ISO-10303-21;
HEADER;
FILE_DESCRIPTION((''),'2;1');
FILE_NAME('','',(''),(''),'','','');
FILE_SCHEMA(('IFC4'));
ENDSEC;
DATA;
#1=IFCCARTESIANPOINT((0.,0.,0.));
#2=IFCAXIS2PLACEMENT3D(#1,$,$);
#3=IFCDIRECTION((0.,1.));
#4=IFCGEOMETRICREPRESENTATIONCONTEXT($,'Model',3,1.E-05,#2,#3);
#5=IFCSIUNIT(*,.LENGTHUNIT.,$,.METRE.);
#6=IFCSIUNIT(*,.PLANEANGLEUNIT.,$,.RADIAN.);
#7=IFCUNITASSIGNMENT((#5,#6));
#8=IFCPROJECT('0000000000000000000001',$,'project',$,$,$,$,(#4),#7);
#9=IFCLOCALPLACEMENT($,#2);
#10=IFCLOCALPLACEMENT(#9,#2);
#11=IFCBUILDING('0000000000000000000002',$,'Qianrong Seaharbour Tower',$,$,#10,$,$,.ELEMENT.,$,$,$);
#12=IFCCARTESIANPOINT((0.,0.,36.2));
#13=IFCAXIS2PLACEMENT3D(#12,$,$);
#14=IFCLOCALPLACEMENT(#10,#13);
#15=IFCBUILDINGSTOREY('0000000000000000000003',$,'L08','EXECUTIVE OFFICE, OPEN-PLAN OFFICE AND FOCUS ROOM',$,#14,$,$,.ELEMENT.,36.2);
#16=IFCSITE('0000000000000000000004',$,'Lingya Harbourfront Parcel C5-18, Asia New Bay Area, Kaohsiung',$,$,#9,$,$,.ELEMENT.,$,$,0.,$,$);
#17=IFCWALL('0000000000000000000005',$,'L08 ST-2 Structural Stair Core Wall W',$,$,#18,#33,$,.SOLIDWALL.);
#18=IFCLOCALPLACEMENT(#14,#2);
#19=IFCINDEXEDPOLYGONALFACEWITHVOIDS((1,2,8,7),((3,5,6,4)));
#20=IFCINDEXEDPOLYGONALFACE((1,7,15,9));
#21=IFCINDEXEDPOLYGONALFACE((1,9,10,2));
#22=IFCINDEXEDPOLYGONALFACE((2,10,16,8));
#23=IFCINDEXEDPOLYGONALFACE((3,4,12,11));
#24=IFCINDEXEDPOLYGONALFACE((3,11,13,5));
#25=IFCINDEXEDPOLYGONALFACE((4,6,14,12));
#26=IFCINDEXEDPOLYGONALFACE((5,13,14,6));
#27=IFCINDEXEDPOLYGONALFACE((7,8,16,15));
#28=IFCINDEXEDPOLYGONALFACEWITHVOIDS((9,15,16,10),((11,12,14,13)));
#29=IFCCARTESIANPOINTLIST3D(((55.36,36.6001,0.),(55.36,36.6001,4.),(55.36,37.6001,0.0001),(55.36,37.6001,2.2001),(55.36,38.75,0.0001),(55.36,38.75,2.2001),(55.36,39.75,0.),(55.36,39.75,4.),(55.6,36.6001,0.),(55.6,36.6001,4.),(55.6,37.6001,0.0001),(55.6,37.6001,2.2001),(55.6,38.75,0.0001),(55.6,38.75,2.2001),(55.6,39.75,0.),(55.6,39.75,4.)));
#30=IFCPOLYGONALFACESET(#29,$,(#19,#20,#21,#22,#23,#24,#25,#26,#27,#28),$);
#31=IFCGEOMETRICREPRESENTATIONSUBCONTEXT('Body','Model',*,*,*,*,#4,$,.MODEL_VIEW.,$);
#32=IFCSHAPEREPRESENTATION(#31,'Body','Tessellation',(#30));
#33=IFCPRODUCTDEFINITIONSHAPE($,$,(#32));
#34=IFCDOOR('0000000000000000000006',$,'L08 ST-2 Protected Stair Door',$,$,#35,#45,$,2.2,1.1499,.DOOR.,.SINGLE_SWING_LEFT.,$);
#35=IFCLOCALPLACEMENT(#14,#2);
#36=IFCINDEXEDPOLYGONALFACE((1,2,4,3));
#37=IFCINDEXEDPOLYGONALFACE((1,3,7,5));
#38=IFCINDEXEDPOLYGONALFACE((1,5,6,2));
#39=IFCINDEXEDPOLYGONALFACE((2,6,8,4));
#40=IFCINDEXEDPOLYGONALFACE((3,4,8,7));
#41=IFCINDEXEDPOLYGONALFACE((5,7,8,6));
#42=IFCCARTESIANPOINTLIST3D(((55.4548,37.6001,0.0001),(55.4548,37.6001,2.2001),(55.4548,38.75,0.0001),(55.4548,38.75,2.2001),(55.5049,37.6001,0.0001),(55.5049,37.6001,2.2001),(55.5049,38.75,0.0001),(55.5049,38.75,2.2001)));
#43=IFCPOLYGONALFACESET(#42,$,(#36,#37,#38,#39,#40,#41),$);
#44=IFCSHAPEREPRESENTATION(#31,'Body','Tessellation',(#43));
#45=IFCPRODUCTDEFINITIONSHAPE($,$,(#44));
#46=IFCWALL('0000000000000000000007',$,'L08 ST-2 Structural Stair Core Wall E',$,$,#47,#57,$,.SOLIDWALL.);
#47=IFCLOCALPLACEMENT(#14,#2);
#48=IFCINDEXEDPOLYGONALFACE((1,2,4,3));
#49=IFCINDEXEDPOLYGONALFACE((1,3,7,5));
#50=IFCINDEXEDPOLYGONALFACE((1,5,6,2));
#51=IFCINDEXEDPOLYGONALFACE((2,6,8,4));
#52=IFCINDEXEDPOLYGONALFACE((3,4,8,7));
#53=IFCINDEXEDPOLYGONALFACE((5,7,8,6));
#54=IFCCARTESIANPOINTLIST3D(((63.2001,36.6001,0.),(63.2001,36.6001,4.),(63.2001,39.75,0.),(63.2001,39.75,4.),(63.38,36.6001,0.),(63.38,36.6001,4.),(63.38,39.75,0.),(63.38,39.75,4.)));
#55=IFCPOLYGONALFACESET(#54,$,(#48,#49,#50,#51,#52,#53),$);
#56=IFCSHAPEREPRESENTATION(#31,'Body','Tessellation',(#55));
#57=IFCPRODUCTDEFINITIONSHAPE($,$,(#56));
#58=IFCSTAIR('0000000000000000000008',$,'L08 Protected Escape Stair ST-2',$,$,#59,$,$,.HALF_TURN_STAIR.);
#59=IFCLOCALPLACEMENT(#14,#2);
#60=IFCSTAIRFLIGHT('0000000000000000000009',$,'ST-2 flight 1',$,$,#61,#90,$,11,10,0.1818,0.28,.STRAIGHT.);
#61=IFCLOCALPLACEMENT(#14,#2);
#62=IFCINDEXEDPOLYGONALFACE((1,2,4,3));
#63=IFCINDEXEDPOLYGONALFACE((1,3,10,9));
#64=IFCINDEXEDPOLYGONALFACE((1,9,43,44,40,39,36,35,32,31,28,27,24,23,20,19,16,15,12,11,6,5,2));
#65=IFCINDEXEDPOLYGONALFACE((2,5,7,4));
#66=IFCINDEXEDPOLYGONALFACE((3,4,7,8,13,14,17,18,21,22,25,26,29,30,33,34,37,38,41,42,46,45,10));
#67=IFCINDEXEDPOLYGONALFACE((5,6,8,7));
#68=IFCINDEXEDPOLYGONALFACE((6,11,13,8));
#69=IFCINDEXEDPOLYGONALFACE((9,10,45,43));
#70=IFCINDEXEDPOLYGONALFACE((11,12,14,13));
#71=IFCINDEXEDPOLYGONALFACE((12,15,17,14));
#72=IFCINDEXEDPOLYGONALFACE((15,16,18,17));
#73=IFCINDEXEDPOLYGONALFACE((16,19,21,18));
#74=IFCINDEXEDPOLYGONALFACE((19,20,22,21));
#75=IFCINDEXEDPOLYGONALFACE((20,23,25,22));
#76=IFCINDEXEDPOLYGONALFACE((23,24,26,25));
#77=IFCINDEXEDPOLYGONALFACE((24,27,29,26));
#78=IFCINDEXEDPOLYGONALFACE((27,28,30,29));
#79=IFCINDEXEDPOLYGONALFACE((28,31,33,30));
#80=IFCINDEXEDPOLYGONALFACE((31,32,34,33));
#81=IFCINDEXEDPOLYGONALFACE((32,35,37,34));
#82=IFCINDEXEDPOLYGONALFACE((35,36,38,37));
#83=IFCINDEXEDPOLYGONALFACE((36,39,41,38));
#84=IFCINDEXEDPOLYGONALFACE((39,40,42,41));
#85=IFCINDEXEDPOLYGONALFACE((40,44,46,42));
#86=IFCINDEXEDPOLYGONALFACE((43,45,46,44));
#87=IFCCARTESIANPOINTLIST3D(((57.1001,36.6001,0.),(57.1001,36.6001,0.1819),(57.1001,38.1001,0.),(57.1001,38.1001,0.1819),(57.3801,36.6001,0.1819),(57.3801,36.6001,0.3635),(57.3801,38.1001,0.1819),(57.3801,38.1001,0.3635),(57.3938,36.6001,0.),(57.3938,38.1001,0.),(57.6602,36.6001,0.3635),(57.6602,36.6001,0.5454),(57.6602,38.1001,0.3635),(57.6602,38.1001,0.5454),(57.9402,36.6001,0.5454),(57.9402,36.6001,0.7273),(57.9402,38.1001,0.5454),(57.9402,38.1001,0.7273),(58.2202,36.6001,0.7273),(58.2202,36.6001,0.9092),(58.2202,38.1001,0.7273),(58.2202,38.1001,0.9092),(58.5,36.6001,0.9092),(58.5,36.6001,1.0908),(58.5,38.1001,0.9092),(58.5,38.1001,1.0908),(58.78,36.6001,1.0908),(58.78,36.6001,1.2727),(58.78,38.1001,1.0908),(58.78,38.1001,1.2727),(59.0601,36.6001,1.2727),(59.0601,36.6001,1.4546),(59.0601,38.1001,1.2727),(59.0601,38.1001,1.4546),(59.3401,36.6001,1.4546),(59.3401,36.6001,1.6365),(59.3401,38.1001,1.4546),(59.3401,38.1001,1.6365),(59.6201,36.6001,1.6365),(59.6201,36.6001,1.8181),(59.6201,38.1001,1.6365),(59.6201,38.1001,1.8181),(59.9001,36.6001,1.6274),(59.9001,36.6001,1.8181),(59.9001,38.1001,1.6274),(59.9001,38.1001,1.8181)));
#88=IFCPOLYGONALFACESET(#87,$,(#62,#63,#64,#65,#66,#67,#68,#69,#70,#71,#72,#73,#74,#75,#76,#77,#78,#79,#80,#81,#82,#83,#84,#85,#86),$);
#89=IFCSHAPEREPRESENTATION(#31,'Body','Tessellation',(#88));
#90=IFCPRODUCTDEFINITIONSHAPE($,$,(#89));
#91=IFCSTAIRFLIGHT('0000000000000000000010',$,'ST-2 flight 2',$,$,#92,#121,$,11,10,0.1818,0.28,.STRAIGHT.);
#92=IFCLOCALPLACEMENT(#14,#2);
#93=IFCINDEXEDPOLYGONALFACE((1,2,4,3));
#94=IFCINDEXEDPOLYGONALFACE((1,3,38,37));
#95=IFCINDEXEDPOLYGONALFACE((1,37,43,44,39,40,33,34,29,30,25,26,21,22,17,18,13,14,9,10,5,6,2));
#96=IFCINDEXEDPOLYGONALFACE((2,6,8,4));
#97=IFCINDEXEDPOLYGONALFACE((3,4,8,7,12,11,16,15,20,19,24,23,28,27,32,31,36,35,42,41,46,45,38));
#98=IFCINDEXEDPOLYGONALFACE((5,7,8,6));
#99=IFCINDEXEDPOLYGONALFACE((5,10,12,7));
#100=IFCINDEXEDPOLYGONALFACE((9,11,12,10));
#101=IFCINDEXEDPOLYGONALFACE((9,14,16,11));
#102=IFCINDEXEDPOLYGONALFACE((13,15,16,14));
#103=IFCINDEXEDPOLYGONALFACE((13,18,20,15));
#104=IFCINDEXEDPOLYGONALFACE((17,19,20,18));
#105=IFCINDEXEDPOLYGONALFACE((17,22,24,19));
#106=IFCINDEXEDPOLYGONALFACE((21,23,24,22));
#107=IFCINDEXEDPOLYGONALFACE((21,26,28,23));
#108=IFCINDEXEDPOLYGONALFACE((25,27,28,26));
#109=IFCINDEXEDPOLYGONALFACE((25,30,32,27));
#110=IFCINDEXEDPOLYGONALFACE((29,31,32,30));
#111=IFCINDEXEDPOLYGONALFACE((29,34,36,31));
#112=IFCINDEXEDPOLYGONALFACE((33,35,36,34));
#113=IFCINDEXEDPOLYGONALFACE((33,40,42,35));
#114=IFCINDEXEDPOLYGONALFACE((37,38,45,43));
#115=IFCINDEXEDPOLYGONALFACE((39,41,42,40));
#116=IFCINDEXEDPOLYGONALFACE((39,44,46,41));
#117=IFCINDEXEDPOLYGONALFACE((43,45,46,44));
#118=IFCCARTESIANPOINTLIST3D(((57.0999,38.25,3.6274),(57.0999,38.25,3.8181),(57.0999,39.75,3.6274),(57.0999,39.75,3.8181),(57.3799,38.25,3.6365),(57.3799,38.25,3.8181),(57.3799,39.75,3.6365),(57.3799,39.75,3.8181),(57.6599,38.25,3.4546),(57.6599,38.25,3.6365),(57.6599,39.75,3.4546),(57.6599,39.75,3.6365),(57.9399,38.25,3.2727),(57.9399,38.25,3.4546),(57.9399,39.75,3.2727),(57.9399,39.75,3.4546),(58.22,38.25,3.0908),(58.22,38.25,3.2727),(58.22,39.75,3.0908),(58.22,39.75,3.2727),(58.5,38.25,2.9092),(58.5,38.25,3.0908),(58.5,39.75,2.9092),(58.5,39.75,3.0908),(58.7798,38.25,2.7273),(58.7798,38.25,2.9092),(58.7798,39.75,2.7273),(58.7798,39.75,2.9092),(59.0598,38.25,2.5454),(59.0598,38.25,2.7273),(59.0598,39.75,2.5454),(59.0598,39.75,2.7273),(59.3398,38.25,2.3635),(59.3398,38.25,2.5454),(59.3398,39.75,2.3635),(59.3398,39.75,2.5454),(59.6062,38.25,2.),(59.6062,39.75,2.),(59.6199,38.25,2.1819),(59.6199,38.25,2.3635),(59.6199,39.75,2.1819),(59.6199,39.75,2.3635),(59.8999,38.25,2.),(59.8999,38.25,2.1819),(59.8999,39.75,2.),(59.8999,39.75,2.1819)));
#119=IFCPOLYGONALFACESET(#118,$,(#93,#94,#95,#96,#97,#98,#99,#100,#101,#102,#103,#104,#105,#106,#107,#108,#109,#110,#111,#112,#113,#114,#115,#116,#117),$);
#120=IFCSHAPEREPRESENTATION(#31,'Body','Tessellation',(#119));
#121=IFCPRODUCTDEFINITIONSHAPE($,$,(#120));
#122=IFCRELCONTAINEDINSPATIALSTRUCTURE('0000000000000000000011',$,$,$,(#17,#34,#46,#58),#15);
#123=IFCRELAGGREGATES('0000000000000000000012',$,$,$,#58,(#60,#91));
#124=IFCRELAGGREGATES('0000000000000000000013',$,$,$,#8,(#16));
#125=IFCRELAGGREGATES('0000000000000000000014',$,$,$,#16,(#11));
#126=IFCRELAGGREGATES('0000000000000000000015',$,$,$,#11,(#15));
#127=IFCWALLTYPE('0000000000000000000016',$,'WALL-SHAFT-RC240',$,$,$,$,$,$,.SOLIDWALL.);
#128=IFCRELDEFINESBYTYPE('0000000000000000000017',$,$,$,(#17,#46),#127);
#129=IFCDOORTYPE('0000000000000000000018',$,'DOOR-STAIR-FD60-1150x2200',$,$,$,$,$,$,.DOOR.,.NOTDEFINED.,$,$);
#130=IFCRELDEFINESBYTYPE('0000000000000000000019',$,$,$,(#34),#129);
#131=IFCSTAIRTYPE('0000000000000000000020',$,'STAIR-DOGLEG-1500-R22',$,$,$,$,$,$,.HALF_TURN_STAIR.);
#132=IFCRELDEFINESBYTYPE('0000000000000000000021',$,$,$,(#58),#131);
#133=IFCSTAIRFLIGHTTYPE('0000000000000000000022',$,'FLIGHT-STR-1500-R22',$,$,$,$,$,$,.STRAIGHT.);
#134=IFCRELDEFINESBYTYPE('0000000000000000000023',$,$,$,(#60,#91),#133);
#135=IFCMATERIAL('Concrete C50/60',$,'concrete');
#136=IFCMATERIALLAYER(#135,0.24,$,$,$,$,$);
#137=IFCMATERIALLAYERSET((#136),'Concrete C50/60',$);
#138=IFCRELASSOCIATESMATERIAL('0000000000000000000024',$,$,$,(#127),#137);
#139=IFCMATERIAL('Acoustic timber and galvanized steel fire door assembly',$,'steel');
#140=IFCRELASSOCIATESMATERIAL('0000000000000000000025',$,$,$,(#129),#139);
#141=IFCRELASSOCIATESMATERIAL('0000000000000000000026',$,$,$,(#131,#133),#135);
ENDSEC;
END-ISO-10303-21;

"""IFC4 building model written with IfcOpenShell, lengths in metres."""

from ifc_helpers import new_model, si_unit, direction, frame, frame_2d, origin, place, context, subcontext, project, spatial, polyline, rectangle, outline, extrude, material, layer, layer_set, type_object, element, fill, aggregate, save


model = new_model("IFC4")

# Units and contexts
model_context = context("Model", 3, precision=1e-05, world=origin(), true_north=direction((0.0, 1.0)))
body_context = subcontext(model_context, "Body", "Model", "MODEL_VIEW")
ifc_project = project(units=[si_unit("LENGTHUNIT", "METRE"), si_unit("PLANEANGLEUNIT", "RADIAN")], contexts=[model_context])

# Site, building, storey
site_placement = place(None, origin())
site = spatial("IfcSite", under=ifc_project, at=site_placement, Name="Lingya Harbourfront Parcel C5-18, Asia New Bay Area, Kaohsiung", CompositionType="ELEMENT", RefElevation=0.0)
building_placement = place(site_placement, origin())
building = spatial("IfcBuilding", under=site, at=building_placement, Name="Qianrong Seaharbour Tower", CompositionType="ELEMENT")
storey_placement = place(building_placement, frame((0.0, 0.0, 36.2)))
storey = spatial("IfcBuildingStorey", under=building, at=storey_placement, Name="L08", Description="EXECUTIVE OFFICE, OPEN-PLAN OFFICE AND FOCUS ROOM", CompositionType="ELEMENT", Elevation=36.2)

# Shared definitions
ifc_material_1 = material(Name="Concrete C50/60", Category="concrete")
ifc_layer_1 = layer(ifc_material_1, 0.24)
ifc_layer_set_1 = layer_set([ifc_layer_1], Name="Concrete C50/60")
wall_type_1 = type_object("IfcWallType", Name="WALL-SHAFT-RC240", PredefinedType="SOLIDWALL", material=ifc_layer_set_1)

# Wall, opening, door
wall_1_placement = place(storey_placement, frame((55.48, 39.75, 0.0), z_axis=(0.0, 0.0, 1.0), x_axis=(0.0, -1.0, 0.0)))
wall_1 = element("IfcWall", 1, at=wall_1_placement, inside=storey, type_object=wall_type_1, Name="L08 ST-2 Structural Stair Core Wall W", PredefinedType="SOLIDWALL", context=body_context, shape_type="SweptSolid", body=[
    extrude(rectangle(XDim=3.1499, YDim=0.24, at=frame_2d((1.575, 0.0))), origin(), (0.0, 0.0, 1.0), 4.0),
])
opening_1_placement = place(wall_1_placement, frame((1.0, 0.0, 0.0)))
opening_1 = element("IfcOpeningElement", 2, at=opening_1_placement, cuts=wall_1, PredefinedType="OPENING", context=body_context, shape_type="SweptSolid", body=[
    extrude(rectangle(XDim=1.1499, YDim=2.2, at=frame_2d((0.575, 1.1001))), frame((0.0, 0.1299, 0.0), z_axis=(0.0, -1.0, 0.0), x_axis=(1.0, 0.0, 0.0)), (0.0, 0.0, 1.0), 0.26),
])
ifc_material_2 = material(Name="Acoustic timber and galvanized steel fire door assembly", Category="steel")
door_type = type_object("IfcDoorType", Name="DOOR-STAIR-FD60-1150x2200", OperationType="NOTDEFINED", PredefinedType="DOOR", material=ifc_material_2)
door_placement = place(opening_1_placement, origin())
door = element("IfcDoor", 3, at=door_placement, inside=storey, type_object=door_type, Name="L08 ST-2 Protected Stair Door", OperationType="SINGLE_SWING_LEFT", OverallHeight=2.2, OverallWidth=1.1499, PredefinedType="DOOR", context=body_context, shape_type="SweptSolid", body=[
    extrude(rectangle(XDim=1.1499, YDim=2.2, at=frame_2d((0.575, 1.1001))), frame((0.0, 0.0249, 0.0), z_axis=(0.0, -1.0, 0.0), x_axis=(1.0, 0.0, 0.0)), (0.0, 0.0, 1.0), 0.05),
])
fill(opening_1, door)

# Wall
wall_2_placement = place(storey_placement, frame((63.29, 36.6001, 0.0), z_axis=(0.0, 0.0, 1.0), x_axis=(0.0, 1.0, 0.0)))
element("IfcWall", 4, at=wall_2_placement, inside=storey, type_object=wall_type_1, Name="L08 ST-2 Structural Stair Core Wall E", PredefinedType="SOLIDWALL", context=body_context, shape_type="SweptSolid", body=[
    extrude(rectangle(XDim=3.1499, YDim=0.1799, at=frame_2d((1.575, 0.0))), origin(), (0.0, 0.0, 1.0), 4.0),
])

# Stair, stair flights
stair_type = type_object("IfcStairType", Name="STAIR-DOGLEG-1500-R22", PredefinedType="HALF_TURN_STAIR", material=ifc_material_1)
stair_placement = place(storey_placement, origin())
stair = element("IfcStair", 5, at=stair_placement, inside=storey, type_object=stair_type, Name="L08 Protected Escape Stair ST-2", PredefinedType="HALF_TURN_STAIR")
stair_flight_type = type_object("IfcStairFlightType", Name="FLIGHT-STR-1500-R22", PredefinedType="STRAIGHT", material=ifc_material_1)
stair_flight_1_placement = place(storey_placement, frame((57.1001, 37.3501, 0.0), z_axis=(0.0, 0.0, 1.0), x_axis=(1.0, 0.0, 0.0)))
stair_flight_1 = element("IfcStairFlight", 6, at=stair_flight_1_placement, type_object=stair_flight_type, Name="ST-2 flight 1", NumberOfRisers=11, NumberOfTreads=10, PredefinedType="STRAIGHT", RiserHeight=0.1818, TreadLength=0.28, context=body_context, shape_type="SweptSolid", body=[
    extrude(outline(polyline([(0.0, 0.0), (0.0, 0.1819), (0.28, 0.1819), (0.28, 0.3635), (0.5601, 0.3635), (0.5601, 0.5454), (0.8401, 0.5454), (0.8401, 0.7273), (1.1201, 0.7273), (1.1201, 0.9092), (1.3999, 0.9092), (1.3999, 1.0908), (1.6799, 1.0908), (1.6799, 1.2727), (1.96, 1.2727), (1.96, 1.4546), (2.24, 1.4546), (2.24, 1.6365), (2.52, 1.6365), (2.52, 1.8181), (2.8, 1.8181), (2.8, 2.0), (2.8, 1.6274), (0.2937, 0.0), (0.0, 0.0)])), frame((0.0, 0.75, 0.0), z_axis=(0.0, -1.0, 0.0), x_axis=(1.0, 0.0, 0.0)), (0.0, 0.0, 1.0), 1.5),
])
stair_flight_2_placement = place(storey_placement, frame((59.8999, 39.0, 2.0), z_axis=(0.0, 0.0, 1.0), x_axis=(-1.0, 0.0, 0.0)))
stair_flight_2 = element("IfcStairFlight", 7, at=stair_flight_2_placement, type_object=stair_flight_type, Name="ST-2 flight 2", NumberOfRisers=11, NumberOfTreads=10, PredefinedType="STRAIGHT", RiserHeight=0.1818, TreadLength=0.28, context=body_context, shape_type="SweptSolid", body=[
    extrude(outline(polyline([(0.0, 0.0), (0.0, 0.1819), (0.28, 0.1819), (0.28, 0.3635), (0.5601, 0.3635), (0.5601, 0.5454), (0.8401, 0.5454), (0.8401, 0.7273), (1.1201, 0.7273), (1.1201, 0.9092), (1.3999, 0.9092), (1.3999, 1.0908), (1.6799, 1.0908), (1.6799, 1.2727), (1.96, 1.2727), (1.96, 1.4546), (2.24, 1.4546), (2.24, 1.6365), (2.52, 1.6365), (2.52, 1.8181), (2.8, 1.8181), (2.8, 2.0), (2.8, 1.6274), (0.2937, 0.0), (0.0, 0.0)])), frame((0.0, 0.75, 0.0), z_axis=(0.0, -1.0, 0.0), x_axis=(1.0, 0.0, 0.0)), (0.0, 0.0, 1.0), 1.5),
])
aggregate(stair, [stair_flight_1, stair_flight_2])

save(model, "model.ifc")
